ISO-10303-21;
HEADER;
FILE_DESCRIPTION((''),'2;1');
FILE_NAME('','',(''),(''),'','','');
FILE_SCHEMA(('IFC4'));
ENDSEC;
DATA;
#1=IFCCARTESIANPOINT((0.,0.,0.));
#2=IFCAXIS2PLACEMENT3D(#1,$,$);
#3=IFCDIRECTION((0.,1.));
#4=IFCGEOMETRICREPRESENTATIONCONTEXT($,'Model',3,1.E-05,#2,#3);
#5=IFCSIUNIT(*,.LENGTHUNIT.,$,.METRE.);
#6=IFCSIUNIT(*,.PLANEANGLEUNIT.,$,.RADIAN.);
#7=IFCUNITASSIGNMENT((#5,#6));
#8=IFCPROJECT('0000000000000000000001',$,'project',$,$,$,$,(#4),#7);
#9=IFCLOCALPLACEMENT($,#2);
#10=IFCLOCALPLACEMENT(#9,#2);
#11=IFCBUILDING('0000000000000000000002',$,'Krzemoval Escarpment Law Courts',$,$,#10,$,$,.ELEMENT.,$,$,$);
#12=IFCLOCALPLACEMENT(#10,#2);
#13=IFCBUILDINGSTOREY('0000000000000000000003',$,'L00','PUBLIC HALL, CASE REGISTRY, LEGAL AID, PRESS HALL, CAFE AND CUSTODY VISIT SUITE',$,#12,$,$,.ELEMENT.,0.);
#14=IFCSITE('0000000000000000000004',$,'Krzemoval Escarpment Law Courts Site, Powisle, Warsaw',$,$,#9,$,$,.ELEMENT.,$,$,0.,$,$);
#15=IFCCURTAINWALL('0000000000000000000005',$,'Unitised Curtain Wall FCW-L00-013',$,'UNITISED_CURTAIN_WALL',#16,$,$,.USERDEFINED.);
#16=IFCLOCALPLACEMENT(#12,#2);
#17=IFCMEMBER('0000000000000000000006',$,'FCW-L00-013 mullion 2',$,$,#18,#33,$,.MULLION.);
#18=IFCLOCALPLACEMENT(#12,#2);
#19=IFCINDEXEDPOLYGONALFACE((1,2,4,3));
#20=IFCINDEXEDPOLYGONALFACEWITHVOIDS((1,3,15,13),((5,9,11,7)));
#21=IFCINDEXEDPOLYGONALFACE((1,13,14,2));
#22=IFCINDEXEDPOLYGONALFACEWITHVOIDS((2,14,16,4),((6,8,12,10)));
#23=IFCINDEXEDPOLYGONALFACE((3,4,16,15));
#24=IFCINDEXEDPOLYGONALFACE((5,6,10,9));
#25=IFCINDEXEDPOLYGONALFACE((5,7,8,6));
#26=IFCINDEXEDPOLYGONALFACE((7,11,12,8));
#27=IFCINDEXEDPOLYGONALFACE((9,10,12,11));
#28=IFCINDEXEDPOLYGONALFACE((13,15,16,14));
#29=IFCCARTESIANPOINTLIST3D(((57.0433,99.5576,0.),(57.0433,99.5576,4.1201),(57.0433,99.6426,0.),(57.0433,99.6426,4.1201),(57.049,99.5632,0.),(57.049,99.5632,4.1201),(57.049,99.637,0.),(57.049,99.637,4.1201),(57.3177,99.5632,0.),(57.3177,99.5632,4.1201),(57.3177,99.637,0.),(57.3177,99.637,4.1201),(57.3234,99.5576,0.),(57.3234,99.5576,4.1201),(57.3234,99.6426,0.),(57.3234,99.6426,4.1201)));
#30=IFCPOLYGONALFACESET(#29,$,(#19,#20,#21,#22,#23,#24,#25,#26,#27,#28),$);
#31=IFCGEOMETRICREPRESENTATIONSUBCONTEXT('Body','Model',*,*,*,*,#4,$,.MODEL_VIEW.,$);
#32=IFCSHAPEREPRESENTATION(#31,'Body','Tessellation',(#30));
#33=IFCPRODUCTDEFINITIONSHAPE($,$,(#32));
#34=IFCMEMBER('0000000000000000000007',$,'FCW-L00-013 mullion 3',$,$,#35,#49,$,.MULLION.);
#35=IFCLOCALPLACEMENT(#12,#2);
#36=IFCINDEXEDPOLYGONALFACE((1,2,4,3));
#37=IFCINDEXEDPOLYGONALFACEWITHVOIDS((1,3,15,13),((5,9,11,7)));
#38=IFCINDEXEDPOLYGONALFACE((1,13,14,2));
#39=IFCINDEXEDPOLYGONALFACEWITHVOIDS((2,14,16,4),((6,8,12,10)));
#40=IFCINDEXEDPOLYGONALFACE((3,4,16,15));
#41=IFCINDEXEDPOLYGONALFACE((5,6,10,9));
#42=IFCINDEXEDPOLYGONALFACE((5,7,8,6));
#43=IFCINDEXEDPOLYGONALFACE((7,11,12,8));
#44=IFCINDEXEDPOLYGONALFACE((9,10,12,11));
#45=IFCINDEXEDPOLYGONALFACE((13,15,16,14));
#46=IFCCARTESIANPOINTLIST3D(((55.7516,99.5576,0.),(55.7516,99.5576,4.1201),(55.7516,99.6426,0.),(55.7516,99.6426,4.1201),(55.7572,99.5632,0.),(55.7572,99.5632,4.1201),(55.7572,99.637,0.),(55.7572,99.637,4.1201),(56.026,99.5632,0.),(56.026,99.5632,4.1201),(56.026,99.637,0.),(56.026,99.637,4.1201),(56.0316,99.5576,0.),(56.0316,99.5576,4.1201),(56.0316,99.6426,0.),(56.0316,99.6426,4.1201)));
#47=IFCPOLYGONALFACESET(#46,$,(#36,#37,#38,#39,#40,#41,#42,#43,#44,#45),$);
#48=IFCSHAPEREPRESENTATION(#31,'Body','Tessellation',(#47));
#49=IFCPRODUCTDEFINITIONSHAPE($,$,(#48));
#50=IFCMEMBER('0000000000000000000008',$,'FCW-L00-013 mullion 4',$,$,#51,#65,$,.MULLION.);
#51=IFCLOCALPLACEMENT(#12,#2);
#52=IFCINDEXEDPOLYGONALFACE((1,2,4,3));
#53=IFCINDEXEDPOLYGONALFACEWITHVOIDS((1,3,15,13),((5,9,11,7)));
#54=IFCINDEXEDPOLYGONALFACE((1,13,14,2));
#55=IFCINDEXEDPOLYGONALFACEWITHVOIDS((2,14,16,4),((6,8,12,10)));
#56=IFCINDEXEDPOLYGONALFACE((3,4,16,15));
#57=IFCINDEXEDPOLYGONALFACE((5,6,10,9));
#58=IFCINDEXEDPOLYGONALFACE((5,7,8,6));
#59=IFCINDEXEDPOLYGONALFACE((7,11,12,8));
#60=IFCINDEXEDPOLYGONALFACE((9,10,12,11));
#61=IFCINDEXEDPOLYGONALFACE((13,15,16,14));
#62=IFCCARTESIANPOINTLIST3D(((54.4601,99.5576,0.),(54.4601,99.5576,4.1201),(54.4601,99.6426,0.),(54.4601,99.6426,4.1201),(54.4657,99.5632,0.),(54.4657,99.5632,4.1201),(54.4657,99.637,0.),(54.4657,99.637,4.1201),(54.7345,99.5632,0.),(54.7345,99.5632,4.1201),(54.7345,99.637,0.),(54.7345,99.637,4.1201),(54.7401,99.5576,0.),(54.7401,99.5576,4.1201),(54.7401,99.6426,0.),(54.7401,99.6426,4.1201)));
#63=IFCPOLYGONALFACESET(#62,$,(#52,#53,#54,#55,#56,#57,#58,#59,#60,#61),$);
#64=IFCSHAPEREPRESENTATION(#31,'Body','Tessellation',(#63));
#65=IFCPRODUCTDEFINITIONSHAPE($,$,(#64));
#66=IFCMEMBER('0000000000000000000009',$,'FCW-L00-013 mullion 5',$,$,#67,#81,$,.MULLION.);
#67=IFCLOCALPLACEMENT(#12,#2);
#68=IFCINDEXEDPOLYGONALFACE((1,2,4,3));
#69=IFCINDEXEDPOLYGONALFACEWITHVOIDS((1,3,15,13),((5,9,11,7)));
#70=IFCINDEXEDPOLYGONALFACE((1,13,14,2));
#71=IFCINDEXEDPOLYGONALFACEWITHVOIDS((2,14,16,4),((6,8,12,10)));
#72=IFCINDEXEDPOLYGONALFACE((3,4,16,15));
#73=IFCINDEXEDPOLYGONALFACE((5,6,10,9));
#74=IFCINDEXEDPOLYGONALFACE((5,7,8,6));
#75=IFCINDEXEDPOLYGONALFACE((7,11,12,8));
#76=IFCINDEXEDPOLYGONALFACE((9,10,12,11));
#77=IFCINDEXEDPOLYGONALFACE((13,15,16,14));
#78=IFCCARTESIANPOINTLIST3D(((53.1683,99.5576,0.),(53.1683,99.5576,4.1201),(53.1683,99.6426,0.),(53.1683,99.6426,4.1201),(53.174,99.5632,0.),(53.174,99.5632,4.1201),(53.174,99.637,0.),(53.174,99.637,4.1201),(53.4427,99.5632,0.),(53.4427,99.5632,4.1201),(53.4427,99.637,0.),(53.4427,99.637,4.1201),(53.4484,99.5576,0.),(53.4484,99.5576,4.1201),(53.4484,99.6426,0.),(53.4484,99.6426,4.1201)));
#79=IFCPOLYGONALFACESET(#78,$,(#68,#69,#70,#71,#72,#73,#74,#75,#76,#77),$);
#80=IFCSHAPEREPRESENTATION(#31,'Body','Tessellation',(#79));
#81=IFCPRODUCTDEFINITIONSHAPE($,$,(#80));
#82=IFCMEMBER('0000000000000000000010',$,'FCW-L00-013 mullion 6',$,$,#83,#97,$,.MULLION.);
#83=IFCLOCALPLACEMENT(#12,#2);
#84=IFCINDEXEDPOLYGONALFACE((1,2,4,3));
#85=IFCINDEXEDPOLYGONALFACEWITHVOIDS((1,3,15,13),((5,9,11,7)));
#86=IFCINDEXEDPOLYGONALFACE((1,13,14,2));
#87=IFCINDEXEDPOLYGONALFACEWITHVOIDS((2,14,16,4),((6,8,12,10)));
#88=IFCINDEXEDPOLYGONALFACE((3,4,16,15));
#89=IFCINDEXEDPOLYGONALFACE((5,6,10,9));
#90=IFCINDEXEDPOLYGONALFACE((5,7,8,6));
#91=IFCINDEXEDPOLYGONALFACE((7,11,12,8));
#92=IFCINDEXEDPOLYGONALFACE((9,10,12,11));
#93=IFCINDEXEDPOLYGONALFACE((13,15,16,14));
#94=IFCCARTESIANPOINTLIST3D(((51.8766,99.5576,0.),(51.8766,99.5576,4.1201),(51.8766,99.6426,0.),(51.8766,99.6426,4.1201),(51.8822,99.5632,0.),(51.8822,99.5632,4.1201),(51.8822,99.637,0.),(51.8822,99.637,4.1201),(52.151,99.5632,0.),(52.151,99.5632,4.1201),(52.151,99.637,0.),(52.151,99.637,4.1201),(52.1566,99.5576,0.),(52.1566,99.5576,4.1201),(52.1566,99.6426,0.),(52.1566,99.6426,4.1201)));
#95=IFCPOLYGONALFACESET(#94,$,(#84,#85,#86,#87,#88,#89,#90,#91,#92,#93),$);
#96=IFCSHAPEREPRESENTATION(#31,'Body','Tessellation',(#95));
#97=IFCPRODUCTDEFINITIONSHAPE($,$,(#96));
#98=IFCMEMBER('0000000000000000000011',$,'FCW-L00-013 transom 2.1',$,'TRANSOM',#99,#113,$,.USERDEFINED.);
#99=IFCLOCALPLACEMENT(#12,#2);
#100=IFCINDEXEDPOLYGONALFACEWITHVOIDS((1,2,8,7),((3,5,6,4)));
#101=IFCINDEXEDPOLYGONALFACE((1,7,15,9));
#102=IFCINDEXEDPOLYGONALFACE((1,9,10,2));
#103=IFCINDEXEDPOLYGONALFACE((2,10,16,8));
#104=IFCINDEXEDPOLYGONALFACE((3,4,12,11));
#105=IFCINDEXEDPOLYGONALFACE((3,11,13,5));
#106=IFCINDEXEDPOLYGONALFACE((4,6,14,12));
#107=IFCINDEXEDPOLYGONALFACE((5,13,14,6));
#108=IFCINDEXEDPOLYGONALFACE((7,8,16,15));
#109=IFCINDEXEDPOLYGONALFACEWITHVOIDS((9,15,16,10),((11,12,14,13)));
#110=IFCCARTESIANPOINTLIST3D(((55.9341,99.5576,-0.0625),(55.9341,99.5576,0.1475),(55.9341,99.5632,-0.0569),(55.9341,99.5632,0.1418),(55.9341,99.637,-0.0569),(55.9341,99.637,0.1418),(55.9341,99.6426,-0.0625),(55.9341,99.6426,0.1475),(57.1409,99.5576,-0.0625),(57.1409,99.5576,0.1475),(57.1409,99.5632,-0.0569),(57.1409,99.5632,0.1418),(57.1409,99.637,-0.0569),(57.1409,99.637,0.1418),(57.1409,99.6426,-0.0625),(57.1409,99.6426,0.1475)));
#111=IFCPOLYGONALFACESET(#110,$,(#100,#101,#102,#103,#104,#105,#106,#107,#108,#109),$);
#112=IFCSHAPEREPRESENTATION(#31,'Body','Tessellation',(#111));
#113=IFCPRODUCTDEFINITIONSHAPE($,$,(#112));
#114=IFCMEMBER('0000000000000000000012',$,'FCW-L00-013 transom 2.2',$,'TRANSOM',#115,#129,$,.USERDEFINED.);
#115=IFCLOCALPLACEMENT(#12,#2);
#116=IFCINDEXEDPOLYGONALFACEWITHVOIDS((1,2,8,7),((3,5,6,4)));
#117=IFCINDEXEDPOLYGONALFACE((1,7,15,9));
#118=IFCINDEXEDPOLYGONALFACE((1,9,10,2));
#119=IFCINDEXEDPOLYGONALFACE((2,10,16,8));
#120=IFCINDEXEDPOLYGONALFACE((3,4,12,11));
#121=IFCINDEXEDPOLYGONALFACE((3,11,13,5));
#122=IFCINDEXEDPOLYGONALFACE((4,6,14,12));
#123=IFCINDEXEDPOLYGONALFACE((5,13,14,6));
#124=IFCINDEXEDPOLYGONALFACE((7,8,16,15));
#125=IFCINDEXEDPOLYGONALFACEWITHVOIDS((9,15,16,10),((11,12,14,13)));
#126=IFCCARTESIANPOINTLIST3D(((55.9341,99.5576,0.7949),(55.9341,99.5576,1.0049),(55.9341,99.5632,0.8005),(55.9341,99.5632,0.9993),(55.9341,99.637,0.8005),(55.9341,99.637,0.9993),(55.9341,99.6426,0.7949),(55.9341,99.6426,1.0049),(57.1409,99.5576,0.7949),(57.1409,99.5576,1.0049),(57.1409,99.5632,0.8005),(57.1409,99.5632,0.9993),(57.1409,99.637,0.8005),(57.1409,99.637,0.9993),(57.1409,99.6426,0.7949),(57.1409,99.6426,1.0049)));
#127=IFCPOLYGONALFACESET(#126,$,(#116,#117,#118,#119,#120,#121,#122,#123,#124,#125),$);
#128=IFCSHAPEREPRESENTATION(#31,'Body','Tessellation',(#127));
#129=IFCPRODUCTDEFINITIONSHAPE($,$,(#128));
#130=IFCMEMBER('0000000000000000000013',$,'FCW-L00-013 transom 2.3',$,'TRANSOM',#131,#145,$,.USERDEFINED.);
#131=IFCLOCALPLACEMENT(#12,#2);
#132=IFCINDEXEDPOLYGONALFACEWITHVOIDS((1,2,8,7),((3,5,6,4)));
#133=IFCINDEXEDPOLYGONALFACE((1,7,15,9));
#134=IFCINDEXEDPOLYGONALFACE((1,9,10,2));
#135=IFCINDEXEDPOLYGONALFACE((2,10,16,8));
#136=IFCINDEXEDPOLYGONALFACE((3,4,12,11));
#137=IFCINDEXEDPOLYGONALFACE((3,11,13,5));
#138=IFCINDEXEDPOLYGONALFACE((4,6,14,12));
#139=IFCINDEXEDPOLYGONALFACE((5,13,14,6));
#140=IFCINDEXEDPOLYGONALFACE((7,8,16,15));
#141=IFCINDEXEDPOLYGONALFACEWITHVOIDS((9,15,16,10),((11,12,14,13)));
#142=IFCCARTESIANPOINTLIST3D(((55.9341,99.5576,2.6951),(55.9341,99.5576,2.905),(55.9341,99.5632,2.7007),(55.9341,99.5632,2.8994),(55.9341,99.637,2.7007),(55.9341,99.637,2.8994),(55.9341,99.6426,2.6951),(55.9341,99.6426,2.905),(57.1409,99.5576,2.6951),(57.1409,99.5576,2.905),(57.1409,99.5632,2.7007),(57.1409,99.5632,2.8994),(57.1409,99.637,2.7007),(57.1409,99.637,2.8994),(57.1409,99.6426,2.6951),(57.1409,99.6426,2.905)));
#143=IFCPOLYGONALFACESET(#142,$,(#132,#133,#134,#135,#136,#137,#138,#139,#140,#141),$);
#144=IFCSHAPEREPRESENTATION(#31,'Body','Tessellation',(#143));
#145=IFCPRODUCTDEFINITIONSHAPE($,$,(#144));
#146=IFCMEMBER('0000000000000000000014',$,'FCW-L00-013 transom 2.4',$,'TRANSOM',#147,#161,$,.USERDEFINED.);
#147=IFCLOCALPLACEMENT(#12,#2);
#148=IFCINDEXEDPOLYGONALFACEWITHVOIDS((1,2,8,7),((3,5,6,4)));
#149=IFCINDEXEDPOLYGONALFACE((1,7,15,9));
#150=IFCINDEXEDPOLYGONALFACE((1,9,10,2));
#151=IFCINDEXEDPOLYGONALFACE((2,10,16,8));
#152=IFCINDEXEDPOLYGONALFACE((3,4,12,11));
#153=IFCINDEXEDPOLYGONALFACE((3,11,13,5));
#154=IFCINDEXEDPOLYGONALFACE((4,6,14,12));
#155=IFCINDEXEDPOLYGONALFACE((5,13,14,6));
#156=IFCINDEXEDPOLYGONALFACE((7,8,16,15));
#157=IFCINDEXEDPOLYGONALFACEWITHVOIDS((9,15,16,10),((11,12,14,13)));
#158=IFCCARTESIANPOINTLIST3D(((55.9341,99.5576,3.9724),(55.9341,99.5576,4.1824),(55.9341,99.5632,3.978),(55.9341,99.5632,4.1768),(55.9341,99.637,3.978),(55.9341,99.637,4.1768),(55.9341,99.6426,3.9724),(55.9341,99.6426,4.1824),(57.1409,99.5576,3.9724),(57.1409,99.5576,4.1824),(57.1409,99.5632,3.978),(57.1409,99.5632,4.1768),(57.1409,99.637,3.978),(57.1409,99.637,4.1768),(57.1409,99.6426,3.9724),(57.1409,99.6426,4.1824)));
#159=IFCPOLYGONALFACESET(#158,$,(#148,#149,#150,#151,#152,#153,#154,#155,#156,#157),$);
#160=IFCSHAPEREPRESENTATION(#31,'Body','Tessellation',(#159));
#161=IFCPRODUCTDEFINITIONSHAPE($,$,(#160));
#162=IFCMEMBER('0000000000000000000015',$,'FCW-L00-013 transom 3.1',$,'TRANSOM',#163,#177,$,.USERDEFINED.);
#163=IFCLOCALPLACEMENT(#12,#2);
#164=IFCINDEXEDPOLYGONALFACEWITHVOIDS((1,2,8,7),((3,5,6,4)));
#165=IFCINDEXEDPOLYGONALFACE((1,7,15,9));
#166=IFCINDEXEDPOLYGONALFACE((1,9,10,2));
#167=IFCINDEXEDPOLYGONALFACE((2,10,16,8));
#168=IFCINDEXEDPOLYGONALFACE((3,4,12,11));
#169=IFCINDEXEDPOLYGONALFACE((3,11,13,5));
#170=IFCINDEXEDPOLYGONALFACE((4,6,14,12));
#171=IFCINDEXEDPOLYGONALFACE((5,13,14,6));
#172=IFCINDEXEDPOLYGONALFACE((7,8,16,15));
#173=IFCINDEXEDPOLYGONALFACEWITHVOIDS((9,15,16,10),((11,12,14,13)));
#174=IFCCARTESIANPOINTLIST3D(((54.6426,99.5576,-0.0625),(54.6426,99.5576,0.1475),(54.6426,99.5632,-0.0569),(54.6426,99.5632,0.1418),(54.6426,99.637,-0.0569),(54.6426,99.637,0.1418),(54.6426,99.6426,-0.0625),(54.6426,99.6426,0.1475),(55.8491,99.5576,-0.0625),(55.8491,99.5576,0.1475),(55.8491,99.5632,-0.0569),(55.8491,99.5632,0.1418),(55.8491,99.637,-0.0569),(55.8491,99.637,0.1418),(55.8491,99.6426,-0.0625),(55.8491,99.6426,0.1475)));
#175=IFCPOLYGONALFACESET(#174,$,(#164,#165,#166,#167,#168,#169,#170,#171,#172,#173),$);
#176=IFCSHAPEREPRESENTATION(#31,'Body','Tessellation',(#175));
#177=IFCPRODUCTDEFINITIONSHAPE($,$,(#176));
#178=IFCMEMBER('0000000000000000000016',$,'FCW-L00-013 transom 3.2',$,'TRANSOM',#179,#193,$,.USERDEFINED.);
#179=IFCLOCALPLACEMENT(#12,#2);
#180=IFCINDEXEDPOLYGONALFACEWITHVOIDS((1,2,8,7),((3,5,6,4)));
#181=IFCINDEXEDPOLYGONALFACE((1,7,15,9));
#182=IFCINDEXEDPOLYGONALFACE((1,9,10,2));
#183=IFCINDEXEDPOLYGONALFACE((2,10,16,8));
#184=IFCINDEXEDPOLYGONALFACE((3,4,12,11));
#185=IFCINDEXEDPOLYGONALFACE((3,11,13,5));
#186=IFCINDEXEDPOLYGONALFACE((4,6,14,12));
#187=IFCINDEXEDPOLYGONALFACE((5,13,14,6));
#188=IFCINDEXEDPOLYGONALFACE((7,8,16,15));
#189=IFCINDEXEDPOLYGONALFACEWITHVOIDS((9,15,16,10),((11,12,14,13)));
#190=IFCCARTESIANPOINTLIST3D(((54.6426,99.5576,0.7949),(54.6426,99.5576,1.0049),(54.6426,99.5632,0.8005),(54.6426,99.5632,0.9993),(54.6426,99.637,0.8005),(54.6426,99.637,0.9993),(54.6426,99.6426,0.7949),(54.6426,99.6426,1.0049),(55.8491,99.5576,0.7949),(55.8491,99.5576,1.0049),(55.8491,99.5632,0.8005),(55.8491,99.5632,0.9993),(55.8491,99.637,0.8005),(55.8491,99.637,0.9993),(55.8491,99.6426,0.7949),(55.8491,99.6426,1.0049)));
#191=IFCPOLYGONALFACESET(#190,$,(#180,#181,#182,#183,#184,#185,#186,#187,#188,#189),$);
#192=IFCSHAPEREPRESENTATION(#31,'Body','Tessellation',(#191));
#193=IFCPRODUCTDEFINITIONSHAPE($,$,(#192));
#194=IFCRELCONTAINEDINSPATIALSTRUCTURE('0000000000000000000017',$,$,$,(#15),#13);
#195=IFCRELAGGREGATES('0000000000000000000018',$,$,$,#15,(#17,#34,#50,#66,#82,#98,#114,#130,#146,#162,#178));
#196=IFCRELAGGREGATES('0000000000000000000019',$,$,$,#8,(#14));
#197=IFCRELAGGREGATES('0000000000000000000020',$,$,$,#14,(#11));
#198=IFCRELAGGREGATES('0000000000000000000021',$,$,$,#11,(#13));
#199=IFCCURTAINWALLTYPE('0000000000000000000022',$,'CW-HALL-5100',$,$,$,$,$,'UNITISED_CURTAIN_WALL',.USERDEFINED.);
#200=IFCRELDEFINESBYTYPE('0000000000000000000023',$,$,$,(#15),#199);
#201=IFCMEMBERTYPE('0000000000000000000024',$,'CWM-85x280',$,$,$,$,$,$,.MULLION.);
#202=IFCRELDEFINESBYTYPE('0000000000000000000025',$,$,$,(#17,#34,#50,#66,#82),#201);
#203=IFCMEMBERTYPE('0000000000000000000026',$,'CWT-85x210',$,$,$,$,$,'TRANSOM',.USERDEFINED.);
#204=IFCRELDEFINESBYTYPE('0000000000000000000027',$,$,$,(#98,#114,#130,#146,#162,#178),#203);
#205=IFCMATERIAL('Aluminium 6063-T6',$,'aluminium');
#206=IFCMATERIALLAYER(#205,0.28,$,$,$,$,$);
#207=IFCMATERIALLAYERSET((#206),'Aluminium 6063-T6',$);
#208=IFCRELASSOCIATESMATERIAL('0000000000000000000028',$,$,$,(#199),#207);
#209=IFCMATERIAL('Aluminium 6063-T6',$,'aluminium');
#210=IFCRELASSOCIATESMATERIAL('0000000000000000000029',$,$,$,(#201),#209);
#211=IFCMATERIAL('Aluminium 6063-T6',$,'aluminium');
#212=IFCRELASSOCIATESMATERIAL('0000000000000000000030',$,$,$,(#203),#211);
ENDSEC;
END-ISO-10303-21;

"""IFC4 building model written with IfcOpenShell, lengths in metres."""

from ifc_helpers import new_model, si_unit, direction, frame, origin, origin_2d, place, context, subcontext, project, spatial, hollow_rectangle, extrude, material, layer, layer_set, material_profile, profile_set, type_object, element, aggregate, save


model = new_model("IFC4")

# Units and contexts
model_context = context("Model", 3, precision=1e-05, world=origin(), true_north=direction((0.0, 1.0)))
body_context = subcontext(model_context, "Body", "Model", "MODEL_VIEW")
ifc_project = project(units=[si_unit("LENGTHUNIT", "METRE"), si_unit("PLANEANGLEUNIT", "RADIAN")], contexts=[model_context])

# Site, building, storey
site_placement = place(None, origin())
site = spatial("IfcSite", under=ifc_project, at=site_placement, Name="Krzemoval Escarpment Law Courts Site, Powisle, Warsaw", CompositionType="ELEMENT", RefElevation=0.0)
building_placement = place(site_placement, origin())
building = spatial("IfcBuilding", under=site, at=building_placement, Name="Krzemoval Escarpment Law Courts", CompositionType="ELEMENT")
storey_placement = place(building_placement, origin())
storey = spatial("IfcBuildingStorey", under=building, at=storey_placement, Name="L00", Description="PUBLIC HALL, CASE REGISTRY, LEGAL AID, PRESS HALL, CAFE AND CUSTODY VISIT SUITE", CompositionType="ELEMENT", Elevation=0.0)

# Curtain wall, members
ifc_material_1 = material(Name="Aluminium 6063-T6", Category="aluminium")
ifc_layer_1 = layer(ifc_material_1, 0.28)
ifc_layer_set_1 = layer_set([ifc_layer_1], Name="Aluminium 6063-T6")
curtain_wall_type = type_object("IfcCurtainWallType", Name="CW-HALL-5100", ElementType="UNITISED_CURTAIN_WALL", PredefinedType="USERDEFINED", material=ifc_layer_set_1)
curtain_wall_placement = place(storey_placement, origin())
curtain_wall = element("IfcCurtainWall", 1, at=curtain_wall_placement, inside=storey, type_object=curtain_wall_type, Name="Unitised Curtain Wall FCW-L00-013", ObjectType="UNITISED_CURTAIN_WALL", PredefinedType="USERDEFINED")
ifc_material_2 = material(Name="Aluminium 6063-T6", Category="aluminium")
ifc_material_profile_1 = material_profile(ifc_material_2, hollow_rectangle(XDim=0.085, YDim=0.28, WallThickness=0.0056, at=origin_2d()), Name="ALU M85x280")
ifc_profile_set_1 = profile_set([ifc_material_profile_1], Name="Aluminium 6063-T6")
member_type_1 = type_object("IfcMemberType", Name="CWM-85x280", PredefinedType="MULLION", material=ifc_profile_set_1)
member_1_placement = place(storey_placement, frame((57.1833, 99.6001, 0.0), z_axis=(0.0, 0.0, 1.0), x_axis=(0.0, -1.0, 0.0)))
member_1 = element("IfcMember", 2, at=member_1_placement, type_object=member_type_1, Name="FCW-L00-013 mullion 2", PredefinedType="MULLION", context=body_context, shape_type="SweptSolid", body=[
    extrude(hollow_rectangle(XDim=0.085, YDim=0.28, WallThickness=0.0056, at=origin_2d()), origin(), (0.0, 0.0, 1.0), 4.1201),
])
member_2_placement = place(storey_placement, frame((55.8916, 99.6001, 0.0), z_axis=(0.0, 0.0, 1.0), x_axis=(0.0, -1.0, 0.0)))
member_2 = element("IfcMember", 3, at=member_2_placement, type_object=member_type_1, Name="FCW-L00-013 mullion 3", PredefinedType="MULLION", context=body_context, shape_type="SweptSolid", body=[
    extrude(hollow_rectangle(XDim=0.085, YDim=0.28, WallThickness=0.0056, at=origin_2d()), origin(), (0.0, 0.0, 1.0), 4.1201),
])
member_3_placement = place(storey_placement, frame((54.6001, 99.6001, 0.0), z_axis=(0.0, 0.0, 1.0), x_axis=(0.0, -1.0, 0.0)))
member_3 = element("IfcMember", 4, at=member_3_placement, type_object=member_type_1, Name="FCW-L00-013 mullion 4", PredefinedType="MULLION", context=body_context, shape_type="SweptSolid", body=[
    extrude(hollow_rectangle(XDim=0.085, YDim=0.28, WallThickness=0.0056, at=origin_2d()), origin(), (0.0, 0.0, 1.0), 4.1201),
])
member_4_placement = place(storey_placement, frame((53.3083, 99.6001, 0.0), z_axis=(0.0, 0.0, 1.0), x_axis=(0.0, -1.0, 0.0)))
member_4 = element("IfcMember", 5, at=member_4_placement, type_object=member_type_1, Name="FCW-L00-013 mullion 5", PredefinedType="MULLION", context=body_context, shape_type="SweptSolid", body=[
    extrude(hollow_rectangle(XDim=0.085, YDim=0.28, WallThickness=0.0056, at=origin_2d()), origin(), (0.0, 0.0, 1.0), 4.1201),
])
member_5_placement = place(storey_placement, frame((52.0166, 99.6001, 0.0), z_axis=(0.0, 0.0, 1.0), x_axis=(0.0, -1.0, 0.0)))
member_5 = element("IfcMember", 6, at=member_5_placement, type_object=member_type_1, Name="FCW-L00-013 mullion 6", PredefinedType="MULLION", context=body_context, shape_type="SweptSolid", body=[
    extrude(hollow_rectangle(XDim=0.085, YDim=0.28, WallThickness=0.0056, at=origin_2d()), origin(), (0.0, 0.0, 1.0), 4.1201),
])
ifc_material_3 = material(Name="Aluminium 6063-T6", Category="aluminium")
ifc_material_profile_2 = material_profile(ifc_material_3, hollow_rectangle(XDim=0.085, YDim=0.21, WallThickness=0.0056, at=origin_2d()), Name="ALU T85x210")
ifc_profile_set_2 = profile_set([ifc_material_profile_2], Name="Aluminium 6063-T6")
member_type_2 = type_object("IfcMemberType", Name="CWT-85x210", ElementType="TRANSOM", PredefinedType="USERDEFINED", material=ifc_profile_set_2)
member_6_placement = place(storey_placement, frame((57.1409, 99.6001, 0.0425), z_axis=(-1.0, 0.0, 0.0), x_axis=(0.0, -1.0, 0.0)))
member_6 = element("IfcMember", 7, at=member_6_placement, type_object=member_type_2, Name="FCW-L00-013 transom 2.1", ObjectType="TRANSOM", PredefinedType="USERDEFINED", context=body_context, shape_type="SweptSolid", body=[
    extrude(hollow_rectangle(XDim=0.085, YDim=0.21, WallThickness=0.0056, at=origin_2d()), origin(), (0.0, 0.0, 1.0), 1.2068),
])
member_7_placement = place(storey_placement, frame((57.1409, 99.6001, 0.8999), z_axis=(-1.0, 0.0, 0.0), x_axis=(0.0, -1.0, 0.0)))
member_7 = element("IfcMember", 8, at=member_7_placement, type_object=member_type_2, Name="FCW-L00-013 transom 2.2", ObjectType="TRANSOM", PredefinedType="USERDEFINED", context=body_context, shape_type="SweptSolid", body=[
    extrude(hollow_rectangle(XDim=0.085, YDim=0.21, WallThickness=0.0056, at=origin_2d()), origin(), (0.0, 0.0, 1.0), 1.2068),
])
member_8_placement = place(storey_placement, frame((57.1409, 99.6001, 2.8), z_axis=(-1.0, 0.0, 0.0), x_axis=(0.0, -1.0, 0.0)))
member_8 = element("IfcMember", 9, at=member_8_placement, type_object=member_type_2, Name="FCW-L00-013 transom 2.3", ObjectType="TRANSOM", PredefinedType="USERDEFINED", context=body_context, shape_type="SweptSolid", body=[
    extrude(hollow_rectangle(XDim=0.085, YDim=0.21, WallThickness=0.0056, at=origin_2d()), origin(), (0.0, 0.0, 1.0), 1.2068),
])
member_9_placement = place(storey_placement, frame((57.1409, 99.6001, 4.0774), z_axis=(-1.0, 0.0, 0.0), x_axis=(0.0, -1.0, 0.0)))
member_9 = element("IfcMember", 10, at=member_9_placement, type_object=member_type_2, Name="FCW-L00-013 transom 2.4", ObjectType="TRANSOM", PredefinedType="USERDEFINED", context=body_context, shape_type="SweptSolid", body=[
    extrude(hollow_rectangle(XDim=0.085, YDim=0.21, WallThickness=0.0056, at=origin_2d()), origin(), (0.0, 0.0, 1.0), 1.2068),
])
member_10_placement = place(storey_placement, frame((55.8491, 99.6001, 0.0425), z_axis=(-1.0, 0.0, 0.0), x_axis=(0.0, -1.0, 0.0)))
member_10 = element("IfcMember", 11, at=member_10_placement, type_object=member_type_2, Name="FCW-L00-013 transom 3.1", ObjectType="TRANSOM", PredefinedType="USERDEFINED", context=body_context, shape_type="SweptSolid", body=[
    extrude(hollow_rectangle(XDim=0.085, YDim=0.21, WallThickness=0.0056, at=origin_2d()), origin(), (0.0, 0.0, 1.0), 1.2065),
])
member_11_placement = place(storey_placement, frame((55.8491, 99.6001, 0.8999), z_axis=(-1.0, 0.0, 0.0), x_axis=(0.0, -1.0, 0.0)))
member_11 = element("IfcMember", 12, at=member_11_placement, type_object=member_type_2, Name="FCW-L00-013 transom 3.2", ObjectType="TRANSOM", PredefinedType="USERDEFINED", context=body_context, shape_type="SweptSolid", body=[
    extrude(hollow_rectangle(XDim=0.085, YDim=0.21, WallThickness=0.0056, at=origin_2d()), origin(), (0.0, 0.0, 1.0), 1.2065),
])
aggregate(curtain_wall, [member_1, member_2, member_3, member_4, member_5, member_6, member_7, member_8, member_9, member_10, member_11])

save(model, "model.ifc")
